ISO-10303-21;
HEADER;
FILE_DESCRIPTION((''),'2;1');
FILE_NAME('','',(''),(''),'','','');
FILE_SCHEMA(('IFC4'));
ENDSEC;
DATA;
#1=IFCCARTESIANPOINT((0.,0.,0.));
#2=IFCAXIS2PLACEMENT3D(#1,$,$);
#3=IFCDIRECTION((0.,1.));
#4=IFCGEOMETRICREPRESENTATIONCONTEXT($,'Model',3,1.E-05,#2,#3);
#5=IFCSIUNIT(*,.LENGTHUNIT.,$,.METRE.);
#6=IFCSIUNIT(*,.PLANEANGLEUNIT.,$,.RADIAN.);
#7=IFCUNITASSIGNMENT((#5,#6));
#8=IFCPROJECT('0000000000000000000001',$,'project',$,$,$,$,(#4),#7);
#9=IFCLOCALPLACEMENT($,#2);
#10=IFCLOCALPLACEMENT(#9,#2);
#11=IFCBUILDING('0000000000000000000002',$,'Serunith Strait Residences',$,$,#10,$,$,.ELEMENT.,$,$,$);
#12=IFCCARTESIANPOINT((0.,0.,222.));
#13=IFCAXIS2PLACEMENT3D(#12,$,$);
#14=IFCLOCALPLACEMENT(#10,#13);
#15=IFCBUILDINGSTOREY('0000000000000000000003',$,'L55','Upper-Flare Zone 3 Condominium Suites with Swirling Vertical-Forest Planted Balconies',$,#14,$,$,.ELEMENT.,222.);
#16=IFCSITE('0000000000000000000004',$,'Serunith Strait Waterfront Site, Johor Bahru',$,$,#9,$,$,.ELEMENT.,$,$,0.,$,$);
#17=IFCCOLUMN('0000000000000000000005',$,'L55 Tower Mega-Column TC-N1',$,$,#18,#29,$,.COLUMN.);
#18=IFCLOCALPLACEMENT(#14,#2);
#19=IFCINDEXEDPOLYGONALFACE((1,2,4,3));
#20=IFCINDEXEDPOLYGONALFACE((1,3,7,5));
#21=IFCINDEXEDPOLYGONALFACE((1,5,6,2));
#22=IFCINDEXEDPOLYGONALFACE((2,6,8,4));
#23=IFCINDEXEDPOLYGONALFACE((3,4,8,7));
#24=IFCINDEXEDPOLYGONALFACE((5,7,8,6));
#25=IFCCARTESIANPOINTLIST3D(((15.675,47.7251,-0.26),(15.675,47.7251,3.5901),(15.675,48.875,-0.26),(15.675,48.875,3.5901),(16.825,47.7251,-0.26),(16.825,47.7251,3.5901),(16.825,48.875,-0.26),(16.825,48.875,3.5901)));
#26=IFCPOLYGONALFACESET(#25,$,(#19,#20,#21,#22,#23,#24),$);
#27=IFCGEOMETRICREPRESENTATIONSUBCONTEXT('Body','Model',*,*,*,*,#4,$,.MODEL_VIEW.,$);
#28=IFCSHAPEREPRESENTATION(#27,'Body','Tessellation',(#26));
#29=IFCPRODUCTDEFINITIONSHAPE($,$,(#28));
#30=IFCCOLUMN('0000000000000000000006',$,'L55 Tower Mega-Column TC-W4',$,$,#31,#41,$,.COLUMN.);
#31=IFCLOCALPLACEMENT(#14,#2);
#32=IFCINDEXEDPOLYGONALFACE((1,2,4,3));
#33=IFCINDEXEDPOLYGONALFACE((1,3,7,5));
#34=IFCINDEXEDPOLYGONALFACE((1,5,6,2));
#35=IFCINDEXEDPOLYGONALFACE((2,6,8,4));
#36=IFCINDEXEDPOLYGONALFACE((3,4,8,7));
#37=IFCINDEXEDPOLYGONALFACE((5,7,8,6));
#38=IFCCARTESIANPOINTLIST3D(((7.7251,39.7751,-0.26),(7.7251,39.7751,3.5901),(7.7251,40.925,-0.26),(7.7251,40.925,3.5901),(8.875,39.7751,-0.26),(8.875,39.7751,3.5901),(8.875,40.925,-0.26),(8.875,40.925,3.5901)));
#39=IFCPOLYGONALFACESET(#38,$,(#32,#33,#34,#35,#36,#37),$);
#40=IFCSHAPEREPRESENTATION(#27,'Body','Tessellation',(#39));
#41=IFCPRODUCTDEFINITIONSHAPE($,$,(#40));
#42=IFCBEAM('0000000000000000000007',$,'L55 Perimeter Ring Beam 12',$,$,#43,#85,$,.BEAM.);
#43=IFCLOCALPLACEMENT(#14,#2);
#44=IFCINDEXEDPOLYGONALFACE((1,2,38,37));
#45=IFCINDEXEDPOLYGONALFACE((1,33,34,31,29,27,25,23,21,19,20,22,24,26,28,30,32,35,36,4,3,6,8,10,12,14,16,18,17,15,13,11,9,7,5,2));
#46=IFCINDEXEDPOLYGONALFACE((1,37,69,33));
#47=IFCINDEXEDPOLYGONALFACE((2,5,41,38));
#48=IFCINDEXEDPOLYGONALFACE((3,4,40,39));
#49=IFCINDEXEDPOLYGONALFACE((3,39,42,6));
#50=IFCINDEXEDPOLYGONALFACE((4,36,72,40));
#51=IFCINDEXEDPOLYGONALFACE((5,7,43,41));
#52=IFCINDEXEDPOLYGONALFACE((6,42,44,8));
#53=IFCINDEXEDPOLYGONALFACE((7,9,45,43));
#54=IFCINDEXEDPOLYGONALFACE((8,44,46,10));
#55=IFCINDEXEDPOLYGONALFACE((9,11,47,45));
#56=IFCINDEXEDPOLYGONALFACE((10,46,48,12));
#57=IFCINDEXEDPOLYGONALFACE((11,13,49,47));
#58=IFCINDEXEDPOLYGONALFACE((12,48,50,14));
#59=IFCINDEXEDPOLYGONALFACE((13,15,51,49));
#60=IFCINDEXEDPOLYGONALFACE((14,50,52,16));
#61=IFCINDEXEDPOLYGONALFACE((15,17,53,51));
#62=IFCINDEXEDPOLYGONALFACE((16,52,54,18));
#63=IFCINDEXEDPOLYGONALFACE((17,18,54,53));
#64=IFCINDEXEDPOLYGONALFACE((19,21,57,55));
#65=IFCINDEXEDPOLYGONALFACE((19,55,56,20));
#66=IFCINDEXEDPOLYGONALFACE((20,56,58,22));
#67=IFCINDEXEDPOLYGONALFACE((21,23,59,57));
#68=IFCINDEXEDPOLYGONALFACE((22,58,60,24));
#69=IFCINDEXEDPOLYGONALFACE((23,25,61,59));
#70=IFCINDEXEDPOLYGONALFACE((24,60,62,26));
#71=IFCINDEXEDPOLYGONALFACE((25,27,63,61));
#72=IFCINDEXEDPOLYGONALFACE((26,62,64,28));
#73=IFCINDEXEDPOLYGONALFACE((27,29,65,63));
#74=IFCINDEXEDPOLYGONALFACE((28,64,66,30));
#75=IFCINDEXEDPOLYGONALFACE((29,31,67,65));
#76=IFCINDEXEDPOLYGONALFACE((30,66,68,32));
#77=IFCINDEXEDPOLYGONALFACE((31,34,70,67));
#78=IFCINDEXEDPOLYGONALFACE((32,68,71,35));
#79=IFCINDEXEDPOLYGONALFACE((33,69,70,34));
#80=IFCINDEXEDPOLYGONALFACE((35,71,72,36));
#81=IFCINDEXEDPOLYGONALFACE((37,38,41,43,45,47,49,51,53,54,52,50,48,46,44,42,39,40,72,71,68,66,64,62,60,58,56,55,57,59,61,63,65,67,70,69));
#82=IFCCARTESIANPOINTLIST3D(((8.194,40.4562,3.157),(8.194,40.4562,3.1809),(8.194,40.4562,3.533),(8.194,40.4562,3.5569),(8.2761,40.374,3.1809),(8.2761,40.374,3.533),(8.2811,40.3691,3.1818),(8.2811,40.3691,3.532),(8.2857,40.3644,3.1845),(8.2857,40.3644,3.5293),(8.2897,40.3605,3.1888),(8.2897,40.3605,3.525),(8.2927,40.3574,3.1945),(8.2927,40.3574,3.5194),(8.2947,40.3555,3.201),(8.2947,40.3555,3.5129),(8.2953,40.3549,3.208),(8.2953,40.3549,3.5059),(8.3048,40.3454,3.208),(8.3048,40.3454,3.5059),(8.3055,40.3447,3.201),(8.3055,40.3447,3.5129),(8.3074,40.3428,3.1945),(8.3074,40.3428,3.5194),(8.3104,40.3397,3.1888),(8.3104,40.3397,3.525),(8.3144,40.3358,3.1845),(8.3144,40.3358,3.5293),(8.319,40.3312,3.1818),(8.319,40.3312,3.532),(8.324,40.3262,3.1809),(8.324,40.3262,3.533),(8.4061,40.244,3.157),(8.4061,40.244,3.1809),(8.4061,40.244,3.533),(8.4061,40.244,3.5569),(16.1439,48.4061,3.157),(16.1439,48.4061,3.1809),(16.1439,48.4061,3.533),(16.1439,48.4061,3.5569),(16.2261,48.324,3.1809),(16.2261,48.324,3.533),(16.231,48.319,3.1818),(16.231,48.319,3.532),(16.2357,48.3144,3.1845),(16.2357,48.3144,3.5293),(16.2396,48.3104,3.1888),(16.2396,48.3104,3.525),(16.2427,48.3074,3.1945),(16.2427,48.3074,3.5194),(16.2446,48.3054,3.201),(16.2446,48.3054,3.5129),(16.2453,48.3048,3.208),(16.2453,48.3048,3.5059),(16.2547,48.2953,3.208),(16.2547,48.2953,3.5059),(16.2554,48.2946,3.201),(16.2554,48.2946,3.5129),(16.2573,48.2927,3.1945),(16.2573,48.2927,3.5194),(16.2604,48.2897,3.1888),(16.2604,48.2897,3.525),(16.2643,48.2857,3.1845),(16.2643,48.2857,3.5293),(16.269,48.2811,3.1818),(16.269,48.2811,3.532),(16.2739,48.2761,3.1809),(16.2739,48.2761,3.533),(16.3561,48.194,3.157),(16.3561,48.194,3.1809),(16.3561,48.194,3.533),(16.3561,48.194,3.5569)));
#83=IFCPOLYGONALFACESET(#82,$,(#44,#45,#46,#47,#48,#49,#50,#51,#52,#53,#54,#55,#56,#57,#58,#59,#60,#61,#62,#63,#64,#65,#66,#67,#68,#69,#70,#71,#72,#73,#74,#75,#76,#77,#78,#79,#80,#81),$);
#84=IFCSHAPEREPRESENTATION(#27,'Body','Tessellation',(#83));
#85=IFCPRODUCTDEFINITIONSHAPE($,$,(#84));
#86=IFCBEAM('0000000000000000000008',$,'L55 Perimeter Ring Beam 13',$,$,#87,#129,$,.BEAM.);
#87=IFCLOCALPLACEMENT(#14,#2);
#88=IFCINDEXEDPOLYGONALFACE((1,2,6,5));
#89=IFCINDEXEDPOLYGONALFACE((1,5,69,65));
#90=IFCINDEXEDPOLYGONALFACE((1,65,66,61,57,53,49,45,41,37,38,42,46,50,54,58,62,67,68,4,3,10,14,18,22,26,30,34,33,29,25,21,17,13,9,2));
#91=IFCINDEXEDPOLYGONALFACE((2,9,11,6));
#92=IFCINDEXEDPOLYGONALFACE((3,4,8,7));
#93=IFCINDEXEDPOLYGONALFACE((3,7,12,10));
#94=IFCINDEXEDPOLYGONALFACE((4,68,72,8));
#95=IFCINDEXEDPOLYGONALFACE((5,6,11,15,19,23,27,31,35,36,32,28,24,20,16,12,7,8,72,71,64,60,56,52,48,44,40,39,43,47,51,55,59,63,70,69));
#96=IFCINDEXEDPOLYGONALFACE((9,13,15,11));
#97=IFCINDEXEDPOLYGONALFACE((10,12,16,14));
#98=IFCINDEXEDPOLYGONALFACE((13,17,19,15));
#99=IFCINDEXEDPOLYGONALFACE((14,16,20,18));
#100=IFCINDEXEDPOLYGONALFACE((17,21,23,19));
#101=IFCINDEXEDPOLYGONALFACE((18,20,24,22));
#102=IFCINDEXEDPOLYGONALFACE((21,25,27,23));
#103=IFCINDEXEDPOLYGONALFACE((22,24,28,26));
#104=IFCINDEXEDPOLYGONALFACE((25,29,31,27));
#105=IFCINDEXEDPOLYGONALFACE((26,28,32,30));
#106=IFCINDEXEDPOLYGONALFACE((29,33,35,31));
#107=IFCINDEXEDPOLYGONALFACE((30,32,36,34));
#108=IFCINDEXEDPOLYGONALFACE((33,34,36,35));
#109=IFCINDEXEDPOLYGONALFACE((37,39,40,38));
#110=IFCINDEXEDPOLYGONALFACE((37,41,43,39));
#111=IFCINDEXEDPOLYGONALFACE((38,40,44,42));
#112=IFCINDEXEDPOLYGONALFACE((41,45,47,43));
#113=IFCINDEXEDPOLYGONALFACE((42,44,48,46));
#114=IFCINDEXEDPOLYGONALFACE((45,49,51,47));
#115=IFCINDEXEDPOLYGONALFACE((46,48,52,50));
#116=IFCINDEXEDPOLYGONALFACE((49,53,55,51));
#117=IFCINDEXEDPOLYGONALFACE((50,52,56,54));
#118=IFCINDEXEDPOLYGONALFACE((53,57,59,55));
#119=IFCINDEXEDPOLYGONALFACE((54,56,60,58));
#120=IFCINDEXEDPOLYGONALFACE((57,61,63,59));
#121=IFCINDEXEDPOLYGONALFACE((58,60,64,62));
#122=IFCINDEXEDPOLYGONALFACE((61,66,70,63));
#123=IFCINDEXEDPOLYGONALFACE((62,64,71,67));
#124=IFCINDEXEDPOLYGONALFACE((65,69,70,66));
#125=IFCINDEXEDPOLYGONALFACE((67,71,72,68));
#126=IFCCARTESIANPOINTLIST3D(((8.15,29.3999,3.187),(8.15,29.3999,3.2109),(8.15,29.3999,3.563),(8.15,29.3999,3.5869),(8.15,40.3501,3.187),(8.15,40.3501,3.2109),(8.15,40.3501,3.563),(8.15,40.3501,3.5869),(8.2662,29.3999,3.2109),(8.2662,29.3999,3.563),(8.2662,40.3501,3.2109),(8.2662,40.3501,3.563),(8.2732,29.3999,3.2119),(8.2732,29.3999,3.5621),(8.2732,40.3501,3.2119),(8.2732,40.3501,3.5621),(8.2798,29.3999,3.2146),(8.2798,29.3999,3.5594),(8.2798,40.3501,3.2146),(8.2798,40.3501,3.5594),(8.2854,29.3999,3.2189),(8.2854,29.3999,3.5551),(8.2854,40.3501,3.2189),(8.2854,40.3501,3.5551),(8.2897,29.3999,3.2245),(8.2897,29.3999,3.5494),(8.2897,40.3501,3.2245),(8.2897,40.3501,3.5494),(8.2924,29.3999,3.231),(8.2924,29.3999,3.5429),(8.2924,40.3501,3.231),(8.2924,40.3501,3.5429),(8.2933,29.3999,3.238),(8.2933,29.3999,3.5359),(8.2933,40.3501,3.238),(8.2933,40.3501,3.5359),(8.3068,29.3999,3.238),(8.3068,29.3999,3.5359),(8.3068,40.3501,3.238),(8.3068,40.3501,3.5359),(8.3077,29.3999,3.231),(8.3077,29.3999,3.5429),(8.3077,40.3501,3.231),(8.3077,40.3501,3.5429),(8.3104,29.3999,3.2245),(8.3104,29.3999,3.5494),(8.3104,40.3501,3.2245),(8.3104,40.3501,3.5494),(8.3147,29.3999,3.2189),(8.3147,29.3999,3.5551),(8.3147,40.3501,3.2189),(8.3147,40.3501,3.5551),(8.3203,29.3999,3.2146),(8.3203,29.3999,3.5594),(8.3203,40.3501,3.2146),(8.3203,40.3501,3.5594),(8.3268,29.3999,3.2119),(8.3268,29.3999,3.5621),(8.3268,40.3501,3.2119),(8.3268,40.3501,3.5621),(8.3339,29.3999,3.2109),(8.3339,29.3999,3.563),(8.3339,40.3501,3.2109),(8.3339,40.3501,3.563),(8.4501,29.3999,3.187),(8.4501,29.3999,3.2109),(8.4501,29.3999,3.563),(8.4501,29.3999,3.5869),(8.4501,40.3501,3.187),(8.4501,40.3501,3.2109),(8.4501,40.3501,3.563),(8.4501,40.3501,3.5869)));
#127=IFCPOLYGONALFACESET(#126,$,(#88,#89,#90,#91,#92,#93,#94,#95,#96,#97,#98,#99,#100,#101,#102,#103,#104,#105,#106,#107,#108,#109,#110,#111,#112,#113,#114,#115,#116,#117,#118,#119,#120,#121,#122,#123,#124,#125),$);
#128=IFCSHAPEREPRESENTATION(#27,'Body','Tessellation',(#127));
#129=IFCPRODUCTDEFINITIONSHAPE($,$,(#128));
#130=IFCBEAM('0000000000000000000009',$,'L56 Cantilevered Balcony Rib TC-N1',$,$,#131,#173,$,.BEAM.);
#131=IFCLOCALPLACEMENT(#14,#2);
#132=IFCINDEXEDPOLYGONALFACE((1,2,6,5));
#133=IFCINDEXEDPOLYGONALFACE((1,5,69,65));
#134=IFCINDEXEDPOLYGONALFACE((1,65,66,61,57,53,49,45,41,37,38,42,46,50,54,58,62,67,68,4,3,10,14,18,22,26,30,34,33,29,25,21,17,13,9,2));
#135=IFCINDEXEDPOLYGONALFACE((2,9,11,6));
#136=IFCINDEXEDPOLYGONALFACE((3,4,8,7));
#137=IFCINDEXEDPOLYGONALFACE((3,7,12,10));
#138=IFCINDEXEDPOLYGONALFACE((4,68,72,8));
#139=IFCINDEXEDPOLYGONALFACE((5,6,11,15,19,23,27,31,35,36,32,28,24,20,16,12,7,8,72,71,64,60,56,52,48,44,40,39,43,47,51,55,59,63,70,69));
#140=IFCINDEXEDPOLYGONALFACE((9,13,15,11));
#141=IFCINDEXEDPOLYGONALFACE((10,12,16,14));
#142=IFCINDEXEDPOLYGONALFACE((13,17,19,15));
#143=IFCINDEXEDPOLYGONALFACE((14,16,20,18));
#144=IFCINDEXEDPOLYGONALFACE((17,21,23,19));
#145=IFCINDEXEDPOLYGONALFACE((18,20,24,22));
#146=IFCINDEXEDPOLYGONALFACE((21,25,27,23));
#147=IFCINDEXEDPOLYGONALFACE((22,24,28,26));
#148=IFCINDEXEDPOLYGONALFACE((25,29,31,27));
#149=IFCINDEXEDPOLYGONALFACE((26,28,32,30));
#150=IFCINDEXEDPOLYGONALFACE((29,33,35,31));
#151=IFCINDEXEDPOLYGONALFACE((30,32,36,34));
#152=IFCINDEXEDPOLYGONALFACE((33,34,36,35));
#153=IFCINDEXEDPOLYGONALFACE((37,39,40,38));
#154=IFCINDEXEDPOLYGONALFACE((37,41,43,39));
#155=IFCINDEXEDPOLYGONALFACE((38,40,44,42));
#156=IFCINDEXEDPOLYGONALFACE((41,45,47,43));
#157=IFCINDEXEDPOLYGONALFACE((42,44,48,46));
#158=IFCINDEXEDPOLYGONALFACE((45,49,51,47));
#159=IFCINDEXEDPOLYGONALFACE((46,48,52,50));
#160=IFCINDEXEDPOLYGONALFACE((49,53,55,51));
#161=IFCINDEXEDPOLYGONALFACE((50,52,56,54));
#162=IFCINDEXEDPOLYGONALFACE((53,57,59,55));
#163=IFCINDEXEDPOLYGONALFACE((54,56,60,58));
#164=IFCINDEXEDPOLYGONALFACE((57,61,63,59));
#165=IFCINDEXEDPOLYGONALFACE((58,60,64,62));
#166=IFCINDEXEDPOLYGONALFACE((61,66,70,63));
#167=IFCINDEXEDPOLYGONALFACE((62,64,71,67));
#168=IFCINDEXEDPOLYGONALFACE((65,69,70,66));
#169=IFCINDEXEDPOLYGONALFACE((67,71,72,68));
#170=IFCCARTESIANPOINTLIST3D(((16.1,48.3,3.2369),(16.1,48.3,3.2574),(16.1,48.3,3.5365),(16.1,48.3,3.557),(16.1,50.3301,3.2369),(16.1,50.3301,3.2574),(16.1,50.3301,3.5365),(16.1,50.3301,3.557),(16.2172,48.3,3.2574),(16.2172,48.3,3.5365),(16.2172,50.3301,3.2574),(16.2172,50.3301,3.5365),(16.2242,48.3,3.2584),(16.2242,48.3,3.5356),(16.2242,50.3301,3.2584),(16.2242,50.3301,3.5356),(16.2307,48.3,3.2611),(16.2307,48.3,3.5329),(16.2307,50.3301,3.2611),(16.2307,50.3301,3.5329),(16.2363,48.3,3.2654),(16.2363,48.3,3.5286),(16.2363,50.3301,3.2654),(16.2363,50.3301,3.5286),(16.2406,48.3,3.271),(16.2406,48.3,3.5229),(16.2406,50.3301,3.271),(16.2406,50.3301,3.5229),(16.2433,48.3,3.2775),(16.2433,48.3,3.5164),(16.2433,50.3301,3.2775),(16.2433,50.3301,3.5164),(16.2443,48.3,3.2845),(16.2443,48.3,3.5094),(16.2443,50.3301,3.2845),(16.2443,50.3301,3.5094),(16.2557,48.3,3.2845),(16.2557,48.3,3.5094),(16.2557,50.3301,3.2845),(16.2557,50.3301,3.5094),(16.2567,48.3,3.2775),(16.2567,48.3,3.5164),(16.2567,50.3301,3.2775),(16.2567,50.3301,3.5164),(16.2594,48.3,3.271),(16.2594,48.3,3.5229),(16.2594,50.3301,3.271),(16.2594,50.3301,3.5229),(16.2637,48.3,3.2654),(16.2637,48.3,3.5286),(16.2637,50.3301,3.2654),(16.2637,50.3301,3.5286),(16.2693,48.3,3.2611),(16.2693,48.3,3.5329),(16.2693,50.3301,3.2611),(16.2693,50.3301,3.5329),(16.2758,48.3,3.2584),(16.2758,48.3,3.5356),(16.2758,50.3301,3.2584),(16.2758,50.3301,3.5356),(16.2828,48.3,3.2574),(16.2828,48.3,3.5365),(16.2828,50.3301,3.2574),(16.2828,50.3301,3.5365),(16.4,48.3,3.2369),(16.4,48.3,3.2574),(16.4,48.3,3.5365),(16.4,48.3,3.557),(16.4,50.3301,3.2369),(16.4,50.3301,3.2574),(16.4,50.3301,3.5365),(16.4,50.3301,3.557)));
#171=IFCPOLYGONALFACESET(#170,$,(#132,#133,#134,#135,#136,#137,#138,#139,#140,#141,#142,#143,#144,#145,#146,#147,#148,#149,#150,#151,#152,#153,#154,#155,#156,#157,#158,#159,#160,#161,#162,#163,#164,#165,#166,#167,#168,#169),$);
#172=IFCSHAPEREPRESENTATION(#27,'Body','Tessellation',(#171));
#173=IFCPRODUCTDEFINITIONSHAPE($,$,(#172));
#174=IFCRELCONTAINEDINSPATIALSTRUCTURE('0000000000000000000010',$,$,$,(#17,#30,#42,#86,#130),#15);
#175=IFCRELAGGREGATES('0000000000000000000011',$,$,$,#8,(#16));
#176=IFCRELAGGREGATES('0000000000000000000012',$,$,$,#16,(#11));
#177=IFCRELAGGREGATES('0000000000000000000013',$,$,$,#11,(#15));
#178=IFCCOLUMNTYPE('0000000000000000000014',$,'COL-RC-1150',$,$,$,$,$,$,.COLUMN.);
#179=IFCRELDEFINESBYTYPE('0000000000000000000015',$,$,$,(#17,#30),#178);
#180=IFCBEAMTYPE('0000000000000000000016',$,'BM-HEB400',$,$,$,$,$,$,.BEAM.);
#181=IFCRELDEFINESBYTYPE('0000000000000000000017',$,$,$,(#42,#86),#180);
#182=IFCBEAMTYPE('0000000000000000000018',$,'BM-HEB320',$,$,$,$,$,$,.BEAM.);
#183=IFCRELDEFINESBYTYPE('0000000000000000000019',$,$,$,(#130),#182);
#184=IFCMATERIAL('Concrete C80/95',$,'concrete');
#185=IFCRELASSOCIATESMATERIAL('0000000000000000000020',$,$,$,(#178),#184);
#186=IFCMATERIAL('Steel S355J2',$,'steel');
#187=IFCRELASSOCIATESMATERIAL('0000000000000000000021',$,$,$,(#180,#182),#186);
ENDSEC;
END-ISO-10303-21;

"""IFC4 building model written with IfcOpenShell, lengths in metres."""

from ifc_helpers import new_model, si_unit, direction, frame, origin, origin_2d, place, context, subcontext, project, spatial, rectangle, i_section, extrude, source, transform, mapped, material, material_profile, profile_set, type_object, element, save


model = new_model("IFC4")

# Units and contexts
model_context = context("Model", 3, precision=1e-05, world=origin(), true_north=direction((0.0, 1.0)))
body_context = subcontext(model_context, "Body", "Model", "MODEL_VIEW")
ifc_project = project(units=[si_unit("LENGTHUNIT", "METRE"), si_unit("PLANEANGLEUNIT", "RADIAN")], contexts=[model_context])

# Site, building, storey
site_placement = place(None, origin())
site = spatial("IfcSite", under=ifc_project, at=site_placement, Name="Serunith Strait Waterfront Site, Johor Bahru", CompositionType="ELEMENT", RefElevation=0.0)
building_placement = place(site_placement, origin())
building = spatial("IfcBuilding", under=site, at=building_placement, Name="Serunith Strait Residences", CompositionType="ELEMENT")
storey_placement = place(building_placement, frame((0.0, 0.0, 222.0)))
storey = spatial("IfcBuildingStorey", under=building, at=storey_placement, Name="L55", Description="Upper-Flare Zone 3 Condominium Suites with Swirling Vertical-Forest Planted Balconies", CompositionType="ELEMENT", Elevation=222.0)

# Columns
ifc_material_1 = material(Name="Concrete C80/95", Category="concrete")
ifc_material_profile_1 = material_profile(ifc_material_1, rectangle(XDim=1.1499, YDim=1.1499, at=origin_2d()), Name="RC 1150x1150")
ifc_profile_set_1 = profile_set([ifc_material_profile_1], Name="Concrete C80/95")
column_type = type_object("IfcColumnType", Name="COL-RC-1150", PredefinedType="COLUMN", material=ifc_profile_set_1)
shared_shape_1 = source(origin(), body_context, "Body", "SweptSolid", [
    extrude(rectangle(XDim=1.1499, YDim=1.1499, at=origin_2d()), origin(), (0.0, 0.0, 1.0), 3.8501),
])
for number, where, z_axis, x_axis, name in (
    (1, (16.25, 48.3, -0.26), (0.0, 0.0, 1.0), (1.0, 0.0, 0.0), "L55 Tower Mega-Column TC-N1"),
    (2, (8.3, 40.3501, -0.26), (0.0, 0.0, 1.0), (1.0, 0.0, 0.0), "L55 Tower Mega-Column TC-W4"),
):
    element("IfcColumn", number, at=place(storey_placement, frame(where, z_axis=z_axis, x_axis=x_axis)), inside=storey, type_object=column_type, Name=name, PredefinedType="COLUMN", context=body_context, shape_type="MappedRepresentation", body=[
        mapped(shared_shape_1, transform((0.0, 0.0, 0.0), scale=1.0)),
    ])

# Beams
ifc_material_2 = material(Name="Steel S355J2", Category="steel")
ifc_material_profile_2 = material_profile(ifc_material_2, i_section(OverallWidth=0.3, OverallDepth=0.3999, WebThickness=0.0134, FlangeThickness=0.0239, FilletRadius=0.0271, at=origin_2d()), Name="HEB 400")
ifc_profile_set_2 = profile_set([ifc_material_profile_2], Name="Steel S355J2")
beam_type_1 = type_object("IfcBeamType", Name="BM-HEB400", PredefinedType="BEAM", material=ifc_profile_set_2)
shared_shape_2 = source(origin(), body_context, "Body", "SweptSolid", [
    extrude(i_section(OverallWidth=0.3, OverallDepth=0.3999, WebThickness=0.0134, FlangeThickness=0.0239, FilletRadius=0.0271, at=origin_2d()), origin(), (0.0, 0.0, 1.0), 11.2429),
])
beam_1_placement = place(storey_placement, frame((16.25, 48.3, 3.3569), z_axis=(-0.707107, -0.707107, 0.0), x_axis=(0.707107, -0.707107, 0.0)))
element("IfcBeam", 3, at=beam_1_placement, inside=storey, type_object=beam_type_1, Name="L55 Perimeter Ring Beam 12", PredefinedType="BEAM", context=body_context, shape_type="MappedRepresentation", body=[
    mapped(shared_shape_2, transform((0.0, 0.0, 0.0), scale=1.0)),
])
shared_shape_3 = source(origin(), body_context, "Body", "SweptSolid", [
    extrude(i_section(OverallWidth=0.3, OverallDepth=0.3999, WebThickness=0.0134, FlangeThickness=0.0239, FilletRadius=0.0271, at=origin_2d()), origin(), (0.0, 0.0, 1.0), 10.9502),
])
beam_2_placement = place(storey_placement, frame((8.3, 40.3501, 3.387), z_axis=(0.0, -1.0, 0.0), x_axis=(1.0, 0.0, 0.0)))
element("IfcBeam", 4, at=beam_2_placement, inside=storey, type_object=beam_type_1, Name="L55 Perimeter Ring Beam 13", PredefinedType="BEAM", context=body_context, shape_type="MappedRepresentation", body=[
    mapped(shared_shape_3, transform((0.0, 0.0, 0.0), scale=1.0)),
])
ifc_material_profile_3 = material_profile(ifc_material_2, i_section(OverallWidth=0.3, OverallDepth=0.3201, WebThickness=0.0115, FlangeThickness=0.0205, FilletRadius=0.0271, at=origin_2d()), Name="HEB 320")
ifc_profile_set_3 = profile_set([ifc_material_profile_3], Name="Steel S355J2")
beam_type_2 = type_object("IfcBeamType", Name="BM-HEB320", PredefinedType="BEAM", material=ifc_profile_set_3)
shared_shape_4 = source(origin(), body_context, "Body", "SweptSolid", [
    extrude(i_section(OverallWidth=0.3, OverallDepth=0.3201, WebThickness=0.0115, FlangeThickness=0.0205, FilletRadius=0.0271, at=origin_2d()), origin(), (0.0, 0.0, 1.0), 2.03),
])
beam_3_placement = place(storey_placement, frame((16.25, 48.3, 3.397), z_axis=(0.0, 1.0, 0.0), x_axis=(-1.0, 0.0, 0.0)))
element("IfcBeam", 5, at=beam_3_placement, inside=storey, type_object=beam_type_2, Name="L56 Cantilevered Balcony Rib TC-N1", PredefinedType="BEAM", context=body_context, shape_type="MappedRepresentation", body=[
    mapped(shared_shape_4, transform((0.0, 0.0, 0.0), scale=1.0)),
])

save(model, "model.ifc")
